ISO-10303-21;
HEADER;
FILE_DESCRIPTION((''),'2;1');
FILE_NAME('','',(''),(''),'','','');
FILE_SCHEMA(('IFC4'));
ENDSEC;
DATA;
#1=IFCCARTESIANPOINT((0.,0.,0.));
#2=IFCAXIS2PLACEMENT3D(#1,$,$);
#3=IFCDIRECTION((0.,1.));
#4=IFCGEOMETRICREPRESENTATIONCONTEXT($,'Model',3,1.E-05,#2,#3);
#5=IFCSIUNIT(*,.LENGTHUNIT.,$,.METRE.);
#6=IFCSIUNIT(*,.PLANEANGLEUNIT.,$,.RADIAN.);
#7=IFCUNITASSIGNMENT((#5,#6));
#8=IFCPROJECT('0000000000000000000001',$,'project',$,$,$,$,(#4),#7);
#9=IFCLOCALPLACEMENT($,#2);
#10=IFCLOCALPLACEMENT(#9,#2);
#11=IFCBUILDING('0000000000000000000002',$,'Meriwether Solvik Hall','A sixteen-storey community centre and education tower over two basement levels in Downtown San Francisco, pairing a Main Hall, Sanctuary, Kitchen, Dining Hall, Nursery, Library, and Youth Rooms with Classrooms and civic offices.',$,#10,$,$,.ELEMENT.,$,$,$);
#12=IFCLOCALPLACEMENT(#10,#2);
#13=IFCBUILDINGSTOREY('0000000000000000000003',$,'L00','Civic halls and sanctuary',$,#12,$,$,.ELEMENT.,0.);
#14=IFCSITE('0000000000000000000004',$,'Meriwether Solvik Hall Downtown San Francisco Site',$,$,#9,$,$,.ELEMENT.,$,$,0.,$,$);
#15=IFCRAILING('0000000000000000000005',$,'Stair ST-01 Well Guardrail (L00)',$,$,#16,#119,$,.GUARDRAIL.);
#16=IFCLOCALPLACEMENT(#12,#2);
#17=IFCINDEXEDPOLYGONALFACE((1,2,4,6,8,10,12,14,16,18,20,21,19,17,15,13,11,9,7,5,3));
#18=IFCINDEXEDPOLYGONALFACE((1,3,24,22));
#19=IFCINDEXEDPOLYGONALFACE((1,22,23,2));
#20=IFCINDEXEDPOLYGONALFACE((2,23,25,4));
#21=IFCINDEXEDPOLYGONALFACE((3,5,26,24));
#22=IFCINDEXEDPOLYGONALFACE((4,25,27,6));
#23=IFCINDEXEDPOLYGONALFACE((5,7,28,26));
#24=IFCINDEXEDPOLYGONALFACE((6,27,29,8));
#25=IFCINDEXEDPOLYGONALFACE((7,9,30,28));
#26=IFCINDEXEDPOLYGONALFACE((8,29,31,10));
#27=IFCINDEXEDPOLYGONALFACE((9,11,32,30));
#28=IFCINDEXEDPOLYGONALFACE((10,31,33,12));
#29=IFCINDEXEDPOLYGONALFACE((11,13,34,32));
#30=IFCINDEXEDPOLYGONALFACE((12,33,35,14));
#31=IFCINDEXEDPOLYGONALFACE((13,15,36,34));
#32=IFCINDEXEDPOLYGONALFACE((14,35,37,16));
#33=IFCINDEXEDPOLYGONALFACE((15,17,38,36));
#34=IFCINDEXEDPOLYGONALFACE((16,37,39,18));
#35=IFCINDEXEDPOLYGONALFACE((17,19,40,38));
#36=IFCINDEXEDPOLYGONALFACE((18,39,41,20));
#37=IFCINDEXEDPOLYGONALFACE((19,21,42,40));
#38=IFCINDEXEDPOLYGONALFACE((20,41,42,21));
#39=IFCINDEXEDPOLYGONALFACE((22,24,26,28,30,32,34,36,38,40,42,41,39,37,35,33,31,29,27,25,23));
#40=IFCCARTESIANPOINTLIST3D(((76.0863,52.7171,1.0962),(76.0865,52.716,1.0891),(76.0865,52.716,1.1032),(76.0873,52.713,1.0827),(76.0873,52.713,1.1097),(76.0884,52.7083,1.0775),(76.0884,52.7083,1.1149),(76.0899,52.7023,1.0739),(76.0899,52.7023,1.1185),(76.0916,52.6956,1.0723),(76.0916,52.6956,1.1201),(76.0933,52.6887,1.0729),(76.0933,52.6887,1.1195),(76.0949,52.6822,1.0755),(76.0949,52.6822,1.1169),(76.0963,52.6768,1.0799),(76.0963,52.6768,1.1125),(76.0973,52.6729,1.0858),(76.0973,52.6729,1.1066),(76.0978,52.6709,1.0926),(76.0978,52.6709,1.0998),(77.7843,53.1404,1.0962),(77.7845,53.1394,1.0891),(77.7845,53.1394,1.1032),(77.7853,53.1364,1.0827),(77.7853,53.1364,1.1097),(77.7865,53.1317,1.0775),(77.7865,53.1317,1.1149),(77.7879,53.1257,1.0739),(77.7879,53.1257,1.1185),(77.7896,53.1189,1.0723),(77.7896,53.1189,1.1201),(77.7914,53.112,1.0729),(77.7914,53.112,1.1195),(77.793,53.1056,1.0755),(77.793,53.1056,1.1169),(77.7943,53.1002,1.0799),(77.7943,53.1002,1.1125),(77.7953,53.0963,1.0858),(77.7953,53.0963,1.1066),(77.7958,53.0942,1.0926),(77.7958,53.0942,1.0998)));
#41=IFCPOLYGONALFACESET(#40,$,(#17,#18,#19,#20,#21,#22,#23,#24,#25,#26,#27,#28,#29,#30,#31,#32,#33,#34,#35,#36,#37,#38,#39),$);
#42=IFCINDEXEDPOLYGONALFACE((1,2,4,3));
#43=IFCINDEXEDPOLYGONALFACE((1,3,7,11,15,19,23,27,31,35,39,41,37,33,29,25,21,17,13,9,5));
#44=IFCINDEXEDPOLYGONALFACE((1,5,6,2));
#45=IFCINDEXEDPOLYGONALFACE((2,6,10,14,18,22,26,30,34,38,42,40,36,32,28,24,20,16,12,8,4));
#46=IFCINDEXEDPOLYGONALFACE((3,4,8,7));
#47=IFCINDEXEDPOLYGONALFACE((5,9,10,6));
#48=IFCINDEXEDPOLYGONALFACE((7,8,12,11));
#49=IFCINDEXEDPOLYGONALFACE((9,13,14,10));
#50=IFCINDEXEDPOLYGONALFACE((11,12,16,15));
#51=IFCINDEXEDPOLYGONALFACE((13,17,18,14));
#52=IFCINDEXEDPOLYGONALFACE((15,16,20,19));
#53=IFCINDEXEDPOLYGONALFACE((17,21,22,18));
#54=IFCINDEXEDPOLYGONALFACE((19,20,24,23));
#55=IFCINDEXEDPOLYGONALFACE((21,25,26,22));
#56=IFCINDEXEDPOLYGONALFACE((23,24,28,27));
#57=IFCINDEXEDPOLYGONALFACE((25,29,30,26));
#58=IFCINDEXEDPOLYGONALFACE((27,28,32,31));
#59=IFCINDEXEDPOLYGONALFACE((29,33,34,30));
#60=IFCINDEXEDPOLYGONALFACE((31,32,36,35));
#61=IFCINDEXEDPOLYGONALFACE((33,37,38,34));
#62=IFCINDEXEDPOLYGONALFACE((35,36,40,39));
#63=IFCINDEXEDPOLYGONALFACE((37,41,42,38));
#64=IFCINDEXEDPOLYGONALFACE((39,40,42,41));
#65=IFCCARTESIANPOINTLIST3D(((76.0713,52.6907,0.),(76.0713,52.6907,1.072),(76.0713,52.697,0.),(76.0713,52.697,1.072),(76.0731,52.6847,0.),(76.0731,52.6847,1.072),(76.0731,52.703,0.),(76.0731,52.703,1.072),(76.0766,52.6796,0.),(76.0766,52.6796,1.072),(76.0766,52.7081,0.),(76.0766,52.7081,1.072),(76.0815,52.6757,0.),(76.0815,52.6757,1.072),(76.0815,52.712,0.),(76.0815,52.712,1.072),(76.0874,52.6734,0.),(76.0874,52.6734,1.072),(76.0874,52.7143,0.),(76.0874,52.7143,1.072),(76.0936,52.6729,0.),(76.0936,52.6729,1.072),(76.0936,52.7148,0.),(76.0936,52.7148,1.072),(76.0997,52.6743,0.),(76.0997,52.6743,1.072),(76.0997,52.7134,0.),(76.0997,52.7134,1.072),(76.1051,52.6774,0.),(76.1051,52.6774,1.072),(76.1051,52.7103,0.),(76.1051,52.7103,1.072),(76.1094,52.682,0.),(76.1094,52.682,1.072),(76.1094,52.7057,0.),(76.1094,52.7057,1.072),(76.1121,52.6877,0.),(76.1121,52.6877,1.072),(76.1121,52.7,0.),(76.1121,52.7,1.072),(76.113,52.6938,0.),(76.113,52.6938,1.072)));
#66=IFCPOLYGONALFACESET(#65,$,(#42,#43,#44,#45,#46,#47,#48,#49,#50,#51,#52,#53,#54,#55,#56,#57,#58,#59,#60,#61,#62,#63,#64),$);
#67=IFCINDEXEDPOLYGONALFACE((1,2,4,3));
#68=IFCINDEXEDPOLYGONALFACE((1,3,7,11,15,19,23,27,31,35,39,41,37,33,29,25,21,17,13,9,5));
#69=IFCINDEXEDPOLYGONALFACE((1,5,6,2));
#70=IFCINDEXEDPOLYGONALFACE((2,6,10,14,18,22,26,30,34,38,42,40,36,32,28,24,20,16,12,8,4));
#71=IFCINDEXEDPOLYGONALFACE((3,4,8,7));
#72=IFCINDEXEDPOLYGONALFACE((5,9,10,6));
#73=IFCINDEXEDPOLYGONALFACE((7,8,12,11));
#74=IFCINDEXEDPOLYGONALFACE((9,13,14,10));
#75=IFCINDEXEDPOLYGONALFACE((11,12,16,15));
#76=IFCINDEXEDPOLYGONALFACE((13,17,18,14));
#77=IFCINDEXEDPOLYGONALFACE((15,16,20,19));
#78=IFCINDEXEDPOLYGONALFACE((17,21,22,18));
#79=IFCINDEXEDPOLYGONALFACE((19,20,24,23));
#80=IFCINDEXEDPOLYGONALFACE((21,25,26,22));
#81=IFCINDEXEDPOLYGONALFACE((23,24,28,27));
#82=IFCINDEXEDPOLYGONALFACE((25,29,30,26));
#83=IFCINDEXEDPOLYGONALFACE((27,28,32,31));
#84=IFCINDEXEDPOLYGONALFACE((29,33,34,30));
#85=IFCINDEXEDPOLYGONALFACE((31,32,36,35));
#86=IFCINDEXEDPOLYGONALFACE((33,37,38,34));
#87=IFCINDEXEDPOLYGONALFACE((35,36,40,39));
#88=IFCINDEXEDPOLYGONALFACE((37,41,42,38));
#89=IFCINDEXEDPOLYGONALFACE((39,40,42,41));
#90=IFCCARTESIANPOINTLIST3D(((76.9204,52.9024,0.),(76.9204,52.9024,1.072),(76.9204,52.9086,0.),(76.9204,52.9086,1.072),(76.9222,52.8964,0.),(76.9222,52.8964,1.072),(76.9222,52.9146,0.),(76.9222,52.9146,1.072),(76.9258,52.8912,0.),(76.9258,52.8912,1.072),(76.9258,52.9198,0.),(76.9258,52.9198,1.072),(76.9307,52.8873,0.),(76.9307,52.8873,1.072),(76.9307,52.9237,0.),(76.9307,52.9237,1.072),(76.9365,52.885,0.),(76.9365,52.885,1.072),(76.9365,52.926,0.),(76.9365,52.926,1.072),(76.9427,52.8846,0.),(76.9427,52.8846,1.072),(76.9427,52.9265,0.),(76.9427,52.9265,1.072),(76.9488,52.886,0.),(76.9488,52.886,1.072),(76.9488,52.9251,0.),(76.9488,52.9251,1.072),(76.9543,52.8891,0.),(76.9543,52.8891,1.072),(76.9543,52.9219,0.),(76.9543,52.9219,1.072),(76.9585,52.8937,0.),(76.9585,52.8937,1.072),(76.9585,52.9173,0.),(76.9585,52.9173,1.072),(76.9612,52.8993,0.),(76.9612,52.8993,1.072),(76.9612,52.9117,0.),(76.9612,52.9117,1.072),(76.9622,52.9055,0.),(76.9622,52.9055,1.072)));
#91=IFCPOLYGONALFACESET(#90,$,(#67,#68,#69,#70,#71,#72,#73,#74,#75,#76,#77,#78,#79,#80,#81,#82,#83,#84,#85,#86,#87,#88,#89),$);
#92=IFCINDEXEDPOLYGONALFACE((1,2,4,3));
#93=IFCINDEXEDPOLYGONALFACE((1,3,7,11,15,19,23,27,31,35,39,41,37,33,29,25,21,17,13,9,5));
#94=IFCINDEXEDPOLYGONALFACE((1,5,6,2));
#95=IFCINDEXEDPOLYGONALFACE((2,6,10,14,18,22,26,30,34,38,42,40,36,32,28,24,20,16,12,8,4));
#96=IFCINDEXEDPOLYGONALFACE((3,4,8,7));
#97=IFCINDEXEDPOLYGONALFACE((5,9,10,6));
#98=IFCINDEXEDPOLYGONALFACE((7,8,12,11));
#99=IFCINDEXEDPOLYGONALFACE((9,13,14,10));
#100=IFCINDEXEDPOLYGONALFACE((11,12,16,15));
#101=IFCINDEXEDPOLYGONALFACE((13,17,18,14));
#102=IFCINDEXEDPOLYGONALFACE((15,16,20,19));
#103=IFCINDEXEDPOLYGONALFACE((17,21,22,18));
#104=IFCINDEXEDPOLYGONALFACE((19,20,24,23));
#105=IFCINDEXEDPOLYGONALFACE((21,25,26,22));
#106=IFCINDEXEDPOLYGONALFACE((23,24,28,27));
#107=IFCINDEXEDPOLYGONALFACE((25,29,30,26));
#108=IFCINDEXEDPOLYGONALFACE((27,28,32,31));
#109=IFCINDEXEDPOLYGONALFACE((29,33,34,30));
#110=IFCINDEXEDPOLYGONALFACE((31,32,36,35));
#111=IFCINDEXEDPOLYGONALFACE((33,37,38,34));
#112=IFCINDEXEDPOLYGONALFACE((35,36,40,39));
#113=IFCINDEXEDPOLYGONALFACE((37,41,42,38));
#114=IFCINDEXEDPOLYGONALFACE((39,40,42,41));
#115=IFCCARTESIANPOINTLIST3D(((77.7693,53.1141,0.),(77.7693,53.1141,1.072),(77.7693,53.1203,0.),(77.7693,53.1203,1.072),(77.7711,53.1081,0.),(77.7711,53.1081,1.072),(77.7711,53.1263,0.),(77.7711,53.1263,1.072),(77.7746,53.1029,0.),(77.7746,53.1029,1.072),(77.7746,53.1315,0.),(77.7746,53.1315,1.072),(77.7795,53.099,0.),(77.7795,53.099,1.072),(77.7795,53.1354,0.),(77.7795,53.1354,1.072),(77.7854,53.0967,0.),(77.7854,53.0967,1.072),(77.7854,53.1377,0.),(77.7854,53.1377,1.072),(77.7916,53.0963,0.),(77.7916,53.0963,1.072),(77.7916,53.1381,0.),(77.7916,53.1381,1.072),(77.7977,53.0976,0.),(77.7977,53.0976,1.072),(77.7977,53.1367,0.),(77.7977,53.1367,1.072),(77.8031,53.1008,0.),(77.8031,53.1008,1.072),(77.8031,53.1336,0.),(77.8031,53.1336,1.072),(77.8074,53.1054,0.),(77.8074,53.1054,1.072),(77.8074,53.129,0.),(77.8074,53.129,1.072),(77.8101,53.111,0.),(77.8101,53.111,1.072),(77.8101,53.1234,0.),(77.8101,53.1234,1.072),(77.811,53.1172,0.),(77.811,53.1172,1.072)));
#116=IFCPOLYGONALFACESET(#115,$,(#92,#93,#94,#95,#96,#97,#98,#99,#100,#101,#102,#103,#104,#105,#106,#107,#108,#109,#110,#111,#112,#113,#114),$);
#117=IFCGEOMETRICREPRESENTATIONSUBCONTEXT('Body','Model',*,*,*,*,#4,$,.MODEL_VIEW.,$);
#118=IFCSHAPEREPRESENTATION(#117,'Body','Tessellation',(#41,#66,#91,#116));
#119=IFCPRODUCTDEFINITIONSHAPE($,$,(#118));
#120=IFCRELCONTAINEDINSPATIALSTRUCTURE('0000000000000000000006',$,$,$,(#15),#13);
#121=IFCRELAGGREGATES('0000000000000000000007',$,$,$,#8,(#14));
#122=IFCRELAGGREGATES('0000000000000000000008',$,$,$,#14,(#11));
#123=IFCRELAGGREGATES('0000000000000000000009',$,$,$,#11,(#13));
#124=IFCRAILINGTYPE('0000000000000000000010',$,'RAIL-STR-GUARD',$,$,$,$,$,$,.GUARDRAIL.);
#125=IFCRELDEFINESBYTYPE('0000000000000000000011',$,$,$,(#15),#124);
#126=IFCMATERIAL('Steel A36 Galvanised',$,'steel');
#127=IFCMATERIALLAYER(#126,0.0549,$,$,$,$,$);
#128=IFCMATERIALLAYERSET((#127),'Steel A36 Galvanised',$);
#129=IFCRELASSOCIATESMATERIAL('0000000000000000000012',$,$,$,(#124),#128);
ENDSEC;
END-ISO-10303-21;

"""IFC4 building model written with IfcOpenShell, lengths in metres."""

from ifc_helpers import new_model, si_unit, direction, frame, origin, origin_2d, place, context, subcontext, project, spatial, circle, extrude, material, layer, layer_set, type_object, element, save


model = new_model("IFC4")

# Units and contexts
model_context = context("Model", 3, precision=1e-05, world=origin(), true_north=direction((0.0, 1.0)))
body_context = subcontext(model_context, "Body", "Model", "MODEL_VIEW")
ifc_project = project(units=[si_unit("LENGTHUNIT", "METRE"), si_unit("PLANEANGLEUNIT", "RADIAN")], contexts=[model_context])

# Site, building, storey
site_placement = place(None, origin())
site = spatial("IfcSite", under=ifc_project, at=site_placement, Name="Meriwether Solvik Hall Downtown San Francisco Site", CompositionType="ELEMENT", RefElevation=0.0)
building_placement = place(site_placement, origin())
building = spatial("IfcBuilding", under=site, at=building_placement, Name="Meriwether Solvik Hall", Description="A sixteen-storey community centre and education tower over two basement levels in Downtown San Francisco, pairing a Main Hall, Sanctuary, Kitchen, Dining Hall, Nursery, Library, and Youth Rooms with Classrooms and civic offices.", CompositionType="ELEMENT")
storey_placement = place(building_placement, origin())
storey = spatial("IfcBuildingStorey", under=building, at=storey_placement, Name="L00", Description="Civic halls and sanctuary", CompositionType="ELEMENT", Elevation=0.0)

# Railing
ifc_material_1 = material(Name="Steel A36 Galvanised", Category="steel")
ifc_layer_1 = layer(ifc_material_1, 0.0549)
ifc_layer_set_1 = layer_set([ifc_layer_1], Name="Steel A36 Galvanised")
railing_type_1 = type_object("IfcRailingType", Name="RAIL-STR-GUARD", PredefinedType="GUARDRAIL", material=ifc_layer_set_1)
railing_1_placement = place(storey_placement, frame((76.092, 52.6938, 0.0)))
element("IfcRailing", 1, at=railing_1_placement, inside=storey, type_object=railing_type_1, Name="Stair ST-01 Well Guardrail (L00)", PredefinedType="GUARDRAIL", context=body_context, shape_type="SweptSolid", body=[
    extrude(circle(Radius=0.0239, at=origin_2d()), frame((0.0, 0.0, 1.0962), z_axis=(0.970298, 0.241912, 0.0), x_axis=(-0.241912, 0.970298, 0.0)), (0.0, 0.0, 1.0), 1.75),
    extrude(circle(Radius=0.021, at=origin_2d()), origin(), (0.0, 0.0, 1.0), 1.072),
    extrude(circle(Radius=0.021, at=origin_2d()), frame((0.8491, 0.2117, 0.0)), (0.0, 0.0, 1.0), 1.072),
    extrude(circle(Radius=0.021, at=origin_2d()), frame((1.698, 0.4233, 0.0)), (0.0, 0.0, 1.0), 1.072),
])

save(model, "model.ifc")
